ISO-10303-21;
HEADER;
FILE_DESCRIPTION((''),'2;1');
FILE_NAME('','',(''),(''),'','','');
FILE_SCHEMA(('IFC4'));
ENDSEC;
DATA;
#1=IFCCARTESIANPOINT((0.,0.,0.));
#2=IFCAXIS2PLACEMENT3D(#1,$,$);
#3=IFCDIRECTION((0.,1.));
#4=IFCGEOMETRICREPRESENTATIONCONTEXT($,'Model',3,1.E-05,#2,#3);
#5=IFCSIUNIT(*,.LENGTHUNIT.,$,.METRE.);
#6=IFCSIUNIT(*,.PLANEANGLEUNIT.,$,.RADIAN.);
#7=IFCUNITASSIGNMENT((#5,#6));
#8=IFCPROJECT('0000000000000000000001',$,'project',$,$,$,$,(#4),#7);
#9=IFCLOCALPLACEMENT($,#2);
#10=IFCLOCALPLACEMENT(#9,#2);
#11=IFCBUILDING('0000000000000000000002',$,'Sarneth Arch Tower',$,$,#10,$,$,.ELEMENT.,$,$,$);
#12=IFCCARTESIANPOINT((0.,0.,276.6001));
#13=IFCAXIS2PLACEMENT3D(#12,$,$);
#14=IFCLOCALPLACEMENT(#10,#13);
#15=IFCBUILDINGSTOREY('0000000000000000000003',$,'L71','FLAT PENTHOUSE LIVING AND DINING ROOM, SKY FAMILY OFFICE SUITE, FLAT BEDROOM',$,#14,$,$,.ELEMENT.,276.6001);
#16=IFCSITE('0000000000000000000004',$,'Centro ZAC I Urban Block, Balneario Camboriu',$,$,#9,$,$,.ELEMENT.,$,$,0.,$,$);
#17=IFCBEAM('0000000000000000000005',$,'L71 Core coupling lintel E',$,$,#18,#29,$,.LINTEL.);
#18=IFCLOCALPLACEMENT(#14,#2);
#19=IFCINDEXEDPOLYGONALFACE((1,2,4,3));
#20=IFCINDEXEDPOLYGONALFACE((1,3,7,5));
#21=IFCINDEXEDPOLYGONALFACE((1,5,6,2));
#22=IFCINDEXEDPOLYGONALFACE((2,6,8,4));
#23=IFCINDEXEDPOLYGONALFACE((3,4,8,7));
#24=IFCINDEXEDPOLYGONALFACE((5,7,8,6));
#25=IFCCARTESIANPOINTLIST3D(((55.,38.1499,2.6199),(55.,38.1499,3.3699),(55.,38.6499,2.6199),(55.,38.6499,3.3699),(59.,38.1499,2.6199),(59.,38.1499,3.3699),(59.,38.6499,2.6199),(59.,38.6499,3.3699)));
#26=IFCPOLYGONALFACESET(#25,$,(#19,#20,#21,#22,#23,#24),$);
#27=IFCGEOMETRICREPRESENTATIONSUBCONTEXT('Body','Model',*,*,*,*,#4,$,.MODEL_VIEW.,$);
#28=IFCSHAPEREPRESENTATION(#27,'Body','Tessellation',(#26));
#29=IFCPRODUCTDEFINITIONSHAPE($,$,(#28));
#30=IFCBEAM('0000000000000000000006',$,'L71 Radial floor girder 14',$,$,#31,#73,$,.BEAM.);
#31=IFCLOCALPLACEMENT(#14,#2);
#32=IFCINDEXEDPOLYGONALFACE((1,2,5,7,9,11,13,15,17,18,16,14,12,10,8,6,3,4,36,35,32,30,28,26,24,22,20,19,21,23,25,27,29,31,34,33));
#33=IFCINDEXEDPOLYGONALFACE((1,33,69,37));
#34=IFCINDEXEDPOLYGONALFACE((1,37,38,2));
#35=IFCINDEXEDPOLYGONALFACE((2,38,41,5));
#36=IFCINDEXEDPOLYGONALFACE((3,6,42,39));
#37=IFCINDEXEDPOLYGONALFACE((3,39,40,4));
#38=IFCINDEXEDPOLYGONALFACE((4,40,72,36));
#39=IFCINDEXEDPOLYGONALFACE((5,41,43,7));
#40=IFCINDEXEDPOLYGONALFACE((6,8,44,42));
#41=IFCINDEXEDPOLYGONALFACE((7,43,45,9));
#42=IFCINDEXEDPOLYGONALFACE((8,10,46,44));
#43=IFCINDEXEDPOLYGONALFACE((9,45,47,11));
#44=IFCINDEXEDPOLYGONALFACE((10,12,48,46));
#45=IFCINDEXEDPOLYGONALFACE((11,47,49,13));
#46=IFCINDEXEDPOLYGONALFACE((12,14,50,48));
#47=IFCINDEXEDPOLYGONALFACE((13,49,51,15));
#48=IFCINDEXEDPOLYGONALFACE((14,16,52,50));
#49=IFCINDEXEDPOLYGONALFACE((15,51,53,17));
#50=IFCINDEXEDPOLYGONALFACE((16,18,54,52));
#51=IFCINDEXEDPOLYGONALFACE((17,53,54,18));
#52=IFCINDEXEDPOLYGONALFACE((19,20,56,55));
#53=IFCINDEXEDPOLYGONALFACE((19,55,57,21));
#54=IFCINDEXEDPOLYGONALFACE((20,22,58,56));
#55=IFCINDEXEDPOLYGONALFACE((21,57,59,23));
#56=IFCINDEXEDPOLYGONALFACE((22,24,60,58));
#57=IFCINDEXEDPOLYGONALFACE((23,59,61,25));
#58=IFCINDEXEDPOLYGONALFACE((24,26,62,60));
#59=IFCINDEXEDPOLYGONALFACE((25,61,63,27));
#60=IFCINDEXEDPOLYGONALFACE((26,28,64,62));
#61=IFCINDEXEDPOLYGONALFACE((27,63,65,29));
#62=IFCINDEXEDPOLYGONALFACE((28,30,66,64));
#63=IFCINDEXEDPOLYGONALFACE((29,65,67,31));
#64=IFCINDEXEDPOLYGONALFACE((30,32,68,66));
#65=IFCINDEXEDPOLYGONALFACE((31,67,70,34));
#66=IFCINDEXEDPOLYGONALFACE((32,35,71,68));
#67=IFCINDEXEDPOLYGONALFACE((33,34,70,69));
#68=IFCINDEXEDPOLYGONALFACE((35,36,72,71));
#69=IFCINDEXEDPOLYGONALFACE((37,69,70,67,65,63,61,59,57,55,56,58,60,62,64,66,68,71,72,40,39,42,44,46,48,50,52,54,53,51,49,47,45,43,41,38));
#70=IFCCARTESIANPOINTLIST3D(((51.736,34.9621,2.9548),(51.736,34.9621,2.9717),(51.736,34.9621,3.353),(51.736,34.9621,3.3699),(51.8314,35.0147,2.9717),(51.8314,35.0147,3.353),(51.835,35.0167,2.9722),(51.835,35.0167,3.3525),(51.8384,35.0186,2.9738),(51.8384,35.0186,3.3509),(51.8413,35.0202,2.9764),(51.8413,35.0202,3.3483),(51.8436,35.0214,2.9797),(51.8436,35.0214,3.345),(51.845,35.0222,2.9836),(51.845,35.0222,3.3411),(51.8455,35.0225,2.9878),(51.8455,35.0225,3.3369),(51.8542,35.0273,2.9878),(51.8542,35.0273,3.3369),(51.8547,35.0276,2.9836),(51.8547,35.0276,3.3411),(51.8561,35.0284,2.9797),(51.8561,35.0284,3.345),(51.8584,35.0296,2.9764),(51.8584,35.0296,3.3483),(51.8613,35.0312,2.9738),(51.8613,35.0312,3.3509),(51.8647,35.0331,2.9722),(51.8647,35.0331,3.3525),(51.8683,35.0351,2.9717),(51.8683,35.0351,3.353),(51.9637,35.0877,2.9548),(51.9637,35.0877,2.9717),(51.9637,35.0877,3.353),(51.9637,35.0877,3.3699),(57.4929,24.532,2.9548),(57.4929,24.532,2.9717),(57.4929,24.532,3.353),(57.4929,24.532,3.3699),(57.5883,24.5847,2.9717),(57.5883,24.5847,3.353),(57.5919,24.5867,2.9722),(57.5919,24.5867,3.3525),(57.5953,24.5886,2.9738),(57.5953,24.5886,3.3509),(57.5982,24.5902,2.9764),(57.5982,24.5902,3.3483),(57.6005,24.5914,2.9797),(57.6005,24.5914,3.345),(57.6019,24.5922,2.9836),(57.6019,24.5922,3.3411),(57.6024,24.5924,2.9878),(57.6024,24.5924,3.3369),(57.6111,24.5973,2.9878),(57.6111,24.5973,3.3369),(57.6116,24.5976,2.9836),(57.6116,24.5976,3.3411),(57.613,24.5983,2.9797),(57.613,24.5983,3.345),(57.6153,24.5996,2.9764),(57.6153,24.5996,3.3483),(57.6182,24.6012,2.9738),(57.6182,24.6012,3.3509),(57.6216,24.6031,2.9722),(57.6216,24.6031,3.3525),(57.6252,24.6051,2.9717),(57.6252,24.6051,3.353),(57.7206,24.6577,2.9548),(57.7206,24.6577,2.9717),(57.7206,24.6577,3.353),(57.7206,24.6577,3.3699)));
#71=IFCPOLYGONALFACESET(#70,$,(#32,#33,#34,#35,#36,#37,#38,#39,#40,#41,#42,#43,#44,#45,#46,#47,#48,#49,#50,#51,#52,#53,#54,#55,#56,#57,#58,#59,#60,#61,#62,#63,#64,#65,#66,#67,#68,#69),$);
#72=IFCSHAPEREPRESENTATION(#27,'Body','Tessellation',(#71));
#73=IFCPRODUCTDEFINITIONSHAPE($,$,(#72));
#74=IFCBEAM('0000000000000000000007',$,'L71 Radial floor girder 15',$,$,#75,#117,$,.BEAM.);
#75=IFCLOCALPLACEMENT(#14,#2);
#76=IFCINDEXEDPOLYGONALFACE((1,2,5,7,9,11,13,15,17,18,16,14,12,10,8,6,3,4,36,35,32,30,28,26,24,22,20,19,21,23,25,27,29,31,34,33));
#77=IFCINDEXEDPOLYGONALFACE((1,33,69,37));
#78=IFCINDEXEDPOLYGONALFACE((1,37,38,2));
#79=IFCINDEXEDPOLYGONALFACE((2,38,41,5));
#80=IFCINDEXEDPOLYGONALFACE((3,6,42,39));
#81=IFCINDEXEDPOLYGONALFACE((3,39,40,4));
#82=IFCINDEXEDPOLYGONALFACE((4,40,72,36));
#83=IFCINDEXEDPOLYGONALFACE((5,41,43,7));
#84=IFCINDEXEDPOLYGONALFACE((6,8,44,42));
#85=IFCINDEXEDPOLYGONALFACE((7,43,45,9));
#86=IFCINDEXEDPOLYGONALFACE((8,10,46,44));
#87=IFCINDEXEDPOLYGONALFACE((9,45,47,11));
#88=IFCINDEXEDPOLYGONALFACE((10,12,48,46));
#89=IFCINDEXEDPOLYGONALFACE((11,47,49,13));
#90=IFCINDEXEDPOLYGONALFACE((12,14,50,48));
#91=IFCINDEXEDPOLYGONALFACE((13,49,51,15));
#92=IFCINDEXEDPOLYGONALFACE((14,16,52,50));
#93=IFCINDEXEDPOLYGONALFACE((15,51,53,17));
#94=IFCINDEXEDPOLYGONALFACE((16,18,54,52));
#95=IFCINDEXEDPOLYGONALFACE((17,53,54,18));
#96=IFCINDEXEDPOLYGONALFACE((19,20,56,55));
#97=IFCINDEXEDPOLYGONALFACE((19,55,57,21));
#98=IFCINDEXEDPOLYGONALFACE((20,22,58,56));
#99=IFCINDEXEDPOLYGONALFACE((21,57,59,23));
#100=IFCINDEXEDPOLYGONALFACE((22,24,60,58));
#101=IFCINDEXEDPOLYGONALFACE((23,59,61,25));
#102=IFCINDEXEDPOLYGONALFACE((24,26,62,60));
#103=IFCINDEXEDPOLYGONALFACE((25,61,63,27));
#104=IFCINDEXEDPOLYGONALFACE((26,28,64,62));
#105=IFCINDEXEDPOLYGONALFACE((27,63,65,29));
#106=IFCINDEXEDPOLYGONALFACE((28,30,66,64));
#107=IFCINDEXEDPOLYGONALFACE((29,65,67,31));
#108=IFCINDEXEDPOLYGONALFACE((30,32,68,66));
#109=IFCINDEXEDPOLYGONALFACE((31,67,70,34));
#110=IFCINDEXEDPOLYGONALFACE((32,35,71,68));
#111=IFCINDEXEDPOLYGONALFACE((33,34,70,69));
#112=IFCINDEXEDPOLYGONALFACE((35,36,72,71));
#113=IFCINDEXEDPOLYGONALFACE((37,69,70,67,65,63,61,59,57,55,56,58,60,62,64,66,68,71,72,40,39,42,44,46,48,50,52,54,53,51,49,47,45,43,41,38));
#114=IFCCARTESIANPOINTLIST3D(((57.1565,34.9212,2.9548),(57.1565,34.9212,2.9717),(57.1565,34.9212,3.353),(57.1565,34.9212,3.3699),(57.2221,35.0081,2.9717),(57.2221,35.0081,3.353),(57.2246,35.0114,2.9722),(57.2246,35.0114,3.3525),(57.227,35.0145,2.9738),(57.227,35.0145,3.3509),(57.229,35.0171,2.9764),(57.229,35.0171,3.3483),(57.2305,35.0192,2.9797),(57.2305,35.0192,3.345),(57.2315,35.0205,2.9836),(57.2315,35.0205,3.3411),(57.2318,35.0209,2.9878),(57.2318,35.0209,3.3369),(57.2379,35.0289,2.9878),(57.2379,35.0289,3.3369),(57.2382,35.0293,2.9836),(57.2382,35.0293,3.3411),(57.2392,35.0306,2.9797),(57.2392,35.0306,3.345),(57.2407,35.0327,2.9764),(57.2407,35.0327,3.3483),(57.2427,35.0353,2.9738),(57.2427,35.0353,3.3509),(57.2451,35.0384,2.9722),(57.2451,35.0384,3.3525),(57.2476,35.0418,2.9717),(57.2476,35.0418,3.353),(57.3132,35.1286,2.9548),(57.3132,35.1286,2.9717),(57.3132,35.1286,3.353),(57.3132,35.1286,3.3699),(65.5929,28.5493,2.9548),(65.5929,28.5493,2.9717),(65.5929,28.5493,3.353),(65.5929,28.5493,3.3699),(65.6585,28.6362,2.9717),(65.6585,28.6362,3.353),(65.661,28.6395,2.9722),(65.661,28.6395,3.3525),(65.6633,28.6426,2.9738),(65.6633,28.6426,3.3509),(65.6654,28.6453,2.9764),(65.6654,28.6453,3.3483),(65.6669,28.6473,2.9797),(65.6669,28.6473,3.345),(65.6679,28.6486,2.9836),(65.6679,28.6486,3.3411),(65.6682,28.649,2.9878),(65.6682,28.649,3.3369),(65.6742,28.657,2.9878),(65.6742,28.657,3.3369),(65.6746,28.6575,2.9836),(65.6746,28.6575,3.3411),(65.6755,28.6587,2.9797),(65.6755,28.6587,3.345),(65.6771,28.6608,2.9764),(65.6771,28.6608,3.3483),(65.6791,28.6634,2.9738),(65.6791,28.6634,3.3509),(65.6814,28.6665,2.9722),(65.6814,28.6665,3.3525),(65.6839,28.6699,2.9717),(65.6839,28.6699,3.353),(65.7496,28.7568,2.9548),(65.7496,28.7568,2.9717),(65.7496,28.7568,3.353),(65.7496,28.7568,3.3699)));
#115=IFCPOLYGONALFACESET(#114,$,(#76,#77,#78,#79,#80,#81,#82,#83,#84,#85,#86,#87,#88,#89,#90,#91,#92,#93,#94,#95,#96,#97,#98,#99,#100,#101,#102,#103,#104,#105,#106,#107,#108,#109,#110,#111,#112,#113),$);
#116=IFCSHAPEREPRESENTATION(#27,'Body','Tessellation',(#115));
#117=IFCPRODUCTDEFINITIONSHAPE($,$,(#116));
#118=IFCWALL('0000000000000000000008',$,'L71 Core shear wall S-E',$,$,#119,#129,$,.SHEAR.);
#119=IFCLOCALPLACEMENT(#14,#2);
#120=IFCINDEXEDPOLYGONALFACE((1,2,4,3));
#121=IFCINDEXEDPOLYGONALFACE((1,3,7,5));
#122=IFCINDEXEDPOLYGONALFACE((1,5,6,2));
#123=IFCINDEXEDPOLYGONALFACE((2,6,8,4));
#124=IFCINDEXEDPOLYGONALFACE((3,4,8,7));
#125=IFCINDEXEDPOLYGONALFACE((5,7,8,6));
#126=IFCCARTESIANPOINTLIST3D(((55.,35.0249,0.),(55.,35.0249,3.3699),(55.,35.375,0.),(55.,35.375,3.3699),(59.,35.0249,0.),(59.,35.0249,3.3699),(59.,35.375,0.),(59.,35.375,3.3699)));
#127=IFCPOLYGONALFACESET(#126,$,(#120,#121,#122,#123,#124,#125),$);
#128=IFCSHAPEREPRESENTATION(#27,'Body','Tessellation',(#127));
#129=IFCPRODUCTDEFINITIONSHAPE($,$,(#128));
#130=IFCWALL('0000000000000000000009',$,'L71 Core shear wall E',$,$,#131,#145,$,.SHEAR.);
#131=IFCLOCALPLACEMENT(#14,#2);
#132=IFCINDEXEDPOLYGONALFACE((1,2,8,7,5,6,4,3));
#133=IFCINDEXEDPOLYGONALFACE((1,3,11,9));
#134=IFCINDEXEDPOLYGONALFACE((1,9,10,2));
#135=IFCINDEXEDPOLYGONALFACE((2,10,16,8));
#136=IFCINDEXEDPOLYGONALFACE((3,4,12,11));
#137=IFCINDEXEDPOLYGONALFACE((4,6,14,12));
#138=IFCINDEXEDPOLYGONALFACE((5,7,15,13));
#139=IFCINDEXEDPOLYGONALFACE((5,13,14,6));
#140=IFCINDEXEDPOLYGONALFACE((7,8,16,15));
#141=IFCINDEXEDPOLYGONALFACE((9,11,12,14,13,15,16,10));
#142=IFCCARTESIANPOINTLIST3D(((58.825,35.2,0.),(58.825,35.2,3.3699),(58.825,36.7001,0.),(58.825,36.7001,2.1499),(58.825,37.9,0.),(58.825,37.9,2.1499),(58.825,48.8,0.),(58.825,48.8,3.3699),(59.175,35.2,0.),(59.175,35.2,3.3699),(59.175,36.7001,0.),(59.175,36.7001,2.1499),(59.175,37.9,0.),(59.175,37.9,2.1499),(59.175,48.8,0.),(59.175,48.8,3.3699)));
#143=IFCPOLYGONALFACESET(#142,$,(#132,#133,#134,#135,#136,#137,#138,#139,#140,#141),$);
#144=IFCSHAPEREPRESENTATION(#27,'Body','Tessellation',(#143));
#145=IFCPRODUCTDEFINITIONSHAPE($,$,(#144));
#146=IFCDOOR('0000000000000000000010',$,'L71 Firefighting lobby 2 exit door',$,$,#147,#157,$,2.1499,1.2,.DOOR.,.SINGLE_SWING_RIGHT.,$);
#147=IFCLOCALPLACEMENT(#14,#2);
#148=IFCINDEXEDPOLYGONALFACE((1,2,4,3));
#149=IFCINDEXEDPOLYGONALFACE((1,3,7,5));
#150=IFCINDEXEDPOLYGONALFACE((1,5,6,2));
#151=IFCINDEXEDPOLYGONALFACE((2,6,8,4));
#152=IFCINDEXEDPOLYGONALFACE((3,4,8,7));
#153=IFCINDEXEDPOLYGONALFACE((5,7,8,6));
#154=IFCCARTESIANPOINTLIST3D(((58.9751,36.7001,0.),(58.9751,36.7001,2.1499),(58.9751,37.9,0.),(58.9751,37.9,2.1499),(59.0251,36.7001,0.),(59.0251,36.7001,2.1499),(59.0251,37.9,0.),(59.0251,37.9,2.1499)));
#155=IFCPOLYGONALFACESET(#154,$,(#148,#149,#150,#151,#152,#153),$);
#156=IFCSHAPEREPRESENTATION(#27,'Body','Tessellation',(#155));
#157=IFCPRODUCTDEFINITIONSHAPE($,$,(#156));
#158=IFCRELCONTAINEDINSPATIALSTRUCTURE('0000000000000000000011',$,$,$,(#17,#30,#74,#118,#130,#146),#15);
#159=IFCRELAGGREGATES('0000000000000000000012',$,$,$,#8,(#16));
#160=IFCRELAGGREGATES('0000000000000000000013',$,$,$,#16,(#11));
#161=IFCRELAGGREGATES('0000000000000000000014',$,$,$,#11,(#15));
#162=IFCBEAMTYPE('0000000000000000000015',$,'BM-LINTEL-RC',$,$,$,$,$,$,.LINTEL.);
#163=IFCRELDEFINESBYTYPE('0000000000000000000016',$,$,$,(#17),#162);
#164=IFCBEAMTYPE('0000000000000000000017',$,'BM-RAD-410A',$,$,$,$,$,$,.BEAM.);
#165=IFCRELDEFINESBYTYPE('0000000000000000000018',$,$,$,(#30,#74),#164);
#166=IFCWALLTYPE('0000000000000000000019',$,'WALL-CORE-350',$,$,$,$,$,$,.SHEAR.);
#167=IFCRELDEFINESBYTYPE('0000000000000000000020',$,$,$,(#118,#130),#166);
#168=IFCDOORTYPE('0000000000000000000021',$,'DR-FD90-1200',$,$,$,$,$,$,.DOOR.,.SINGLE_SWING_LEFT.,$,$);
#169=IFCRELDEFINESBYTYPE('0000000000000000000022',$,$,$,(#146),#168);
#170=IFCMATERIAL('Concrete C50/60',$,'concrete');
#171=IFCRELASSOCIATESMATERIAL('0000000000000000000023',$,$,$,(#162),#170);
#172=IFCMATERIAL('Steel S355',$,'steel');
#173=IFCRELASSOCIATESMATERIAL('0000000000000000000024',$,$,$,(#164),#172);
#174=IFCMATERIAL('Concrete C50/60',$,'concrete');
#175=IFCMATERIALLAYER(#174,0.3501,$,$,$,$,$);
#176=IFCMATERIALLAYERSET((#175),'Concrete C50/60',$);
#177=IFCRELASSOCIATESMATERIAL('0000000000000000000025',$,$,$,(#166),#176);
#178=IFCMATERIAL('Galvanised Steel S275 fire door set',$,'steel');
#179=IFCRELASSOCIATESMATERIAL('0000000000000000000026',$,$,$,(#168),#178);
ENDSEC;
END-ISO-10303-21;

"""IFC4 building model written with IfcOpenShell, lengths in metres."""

from ifc_helpers import new_model, si_unit, direction, frame, frame_2d, origin, origin_2d, place, context, subcontext, project, spatial, rectangle, i_section, extrude, material, layer, layer_set, material_profile, profile_set, type_object, element, fill, save


model = new_model("IFC4")

# Units and contexts
model_context = context("Model", 3, precision=1e-05, world=origin(), true_north=direction((0.0, 1.0)))
body_context = subcontext(model_context, "Body", "Model", "MODEL_VIEW")
ifc_project = project(units=[si_unit("LENGTHUNIT", "METRE"), si_unit("PLANEANGLEUNIT", "RADIAN")], contexts=[model_context])

# Site, building, storey
site_placement = place(None, origin())
site = spatial("IfcSite", under=ifc_project, at=site_placement, Name="Centro ZAC I Urban Block, Balneario Camboriu", CompositionType="ELEMENT", RefElevation=0.0)
building_placement = place(site_placement, origin())
building = spatial("IfcBuilding", under=site, at=building_placement, Name="Sarneth Arch Tower", CompositionType="ELEMENT")
storey_placement = place(building_placement, frame((0.0, 0.0, 276.6001)))
storey = spatial("IfcBuildingStorey", under=building, at=storey_placement, Name="L71", Description="FLAT PENTHOUSE LIVING AND DINING ROOM, SKY FAMILY OFFICE SUITE, FLAT BEDROOM", CompositionType="ELEMENT", Elevation=276.6001)

# Beams
ifc_material_1 = material(Name="Concrete C50/60", Category="concrete")
ifc_material_profile_1 = material_profile(ifc_material_1, rectangle(XDim=0.5, YDim=0.75, at=origin_2d()), Name="RC-500x750")
ifc_profile_set_1 = profile_set([ifc_material_profile_1], Name="Concrete C50/60")
beam_type_1 = type_object("IfcBeamType", Name="BM-LINTEL-RC", PredefinedType="LINTEL", material=ifc_profile_set_1)
beam_1_placement = place(storey_placement, frame((55.0, 38.3999, 2.9949), z_axis=(1.0, 0.0, 0.0), x_axis=(0.0, 1.0, 0.0)))
element("IfcBeam", 1, at=beam_1_placement, inside=storey, type_object=beam_type_1, Name="L71 Core coupling lintel E", PredefinedType="LINTEL", context=body_context, shape_type="SweptSolid", body=[
    extrude(rectangle(XDim=0.5, YDim=0.75, at=origin_2d()), origin(), (0.0, 0.0, 1.0), 4.0),
])
ifc_material_2 = material(Name="Steel S355", Category="steel")
ifc_material_profile_2 = material_profile(ifc_material_2, i_section(OverallWidth=0.26, OverallDepth=0.415, WebThickness=0.01, FlangeThickness=0.0168, FilletRadius=0.0161, at=origin_2d()), Name="W410x100")
ifc_profile_set_2 = profile_set([ifc_material_profile_2], Name="Steel S355")
beam_type_2 = type_object("IfcBeamType", Name="BM-RAD-410A", PredefinedType="BEAM", material=ifc_profile_set_2)
beam_2_placement = place(storey_placement, frame((51.8499, 35.0249, 3.1624), z_axis=(0.483231, -0.875493, 0.0), x_axis=(0.875493, 0.483231, 0.0)))
element("IfcBeam", 2, at=beam_2_placement, inside=storey, type_object=beam_type_2, Name="L71 Radial floor girder 14", PredefinedType="BEAM", context=body_context, shape_type="SweptSolid", body=[
    extrude(i_section(OverallWidth=0.26, OverallDepth=0.415, WebThickness=0.01, FlangeThickness=0.0168, FilletRadius=0.0161, at=origin_2d()), origin(), (0.0, 0.0, 1.0), 11.9133),
])
beam_3_placement = place(storey_placement, frame((57.2349, 35.0249, 3.1624), z_axis=(0.79797, -0.602698, 0.0), x_axis=(0.602698, 0.79797, 0.0)))
element("IfcBeam", 3, at=beam_3_placement, inside=storey, type_object=beam_type_2, Name="L71 Radial floor girder 15", PredefinedType="BEAM", context=body_context, shape_type="SweptSolid", body=[
    extrude(i_section(OverallWidth=0.26, OverallDepth=0.415, WebThickness=0.01, FlangeThickness=0.0168, FilletRadius=0.0161, at=origin_2d()), origin(), (0.0, 0.0, 1.0), 10.5723),
])

# Wall
ifc_material_3 = material(Name="Concrete C50/60", Category="concrete")
ifc_layer_1 = layer(ifc_material_3, 0.3501)
ifc_layer_set_1 = layer_set([ifc_layer_1], Name="Concrete C50/60")
wall_type_1 = type_object("IfcWallType", Name="WALL-CORE-350", PredefinedType="SHEAR", material=ifc_layer_set_1)
wall_1_placement = place(storey_placement, frame((55.0, 35.2, 0.0), z_axis=(0.0, 0.0, 1.0), x_axis=(1.0, 0.0, 0.0)))
element("IfcWall", 4, at=wall_1_placement, inside=storey, type_object=wall_type_1, Name="L71 Core shear wall S-E", PredefinedType="SHEAR", context=body_context, shape_type="SweptSolid", body=[
    extrude(rectangle(XDim=4.0, YDim=0.3501, at=frame_2d((2.0, 0.0))), origin(), (0.0, 0.0, 1.0), 3.3699),
])

# Wall, opening, door
wall_2_placement = place(storey_placement, frame((59.0, 35.2, 0.0), z_axis=(0.0, 0.0, 1.0), x_axis=(0.0, 1.0, 0.0)))
wall_2 = element("IfcWall", 5, at=wall_2_placement, inside=storey, type_object=wall_type_1, Name="L71 Core shear wall E", PredefinedType="SHEAR", context=body_context, shape_type="SweptSolid", body=[
    extrude(rectangle(XDim=13.6001, YDim=0.3501, at=frame_2d((6.8, 0.0))), origin(), (0.0, 0.0, 1.0), 3.3699),
])
opening_1_placement = place(wall_2_placement, frame((1.5, 0.0, 0.0)))
opening_1 = element("IfcOpeningElement", 6, at=opening_1_placement, cuts=wall_2, PredefinedType="OPENING", context=body_context, shape_type="SweptSolid", body=[
    extrude(rectangle(XDim=1.2, YDim=2.1499, at=frame_2d((0.6001, 1.075))), frame((0.0, 0.1851, 0.0), z_axis=(0.0, -1.0, 0.0), x_axis=(1.0, 0.0, 0.0)), (0.0, 0.0, 1.0), 0.3701),
])
ifc_material_4 = material(Name="Galvanised Steel S275 fire door set", Category="steel")
door_type_1 = type_object("IfcDoorType", Name="DR-FD90-1200", OperationType="SINGLE_SWING_LEFT", PredefinedType="DOOR", material=ifc_material_4)
door_1_placement = place(opening_1_placement, origin())
door_1 = element("IfcDoor", 7, at=door_1_placement, inside=storey, type_object=door_type_1, Name="L71 Firefighting lobby 2 exit door", OperationType="SINGLE_SWING_RIGHT", OverallHeight=2.1499, OverallWidth=1.2, PredefinedType="DOOR", context=body_context, shape_type="SweptSolid", body=[
    extrude(rectangle(XDim=1.2, YDim=2.1499, at=frame_2d((0.6001, 1.075))), frame((0.0, 0.0249, 0.0), z_axis=(0.0, -1.0, 0.0), x_axis=(1.0, 0.0, 0.0)), (0.0, 0.0, 1.0), 0.05),
])
fill(opening_1, door_1)

save(model, "model.ifc")
